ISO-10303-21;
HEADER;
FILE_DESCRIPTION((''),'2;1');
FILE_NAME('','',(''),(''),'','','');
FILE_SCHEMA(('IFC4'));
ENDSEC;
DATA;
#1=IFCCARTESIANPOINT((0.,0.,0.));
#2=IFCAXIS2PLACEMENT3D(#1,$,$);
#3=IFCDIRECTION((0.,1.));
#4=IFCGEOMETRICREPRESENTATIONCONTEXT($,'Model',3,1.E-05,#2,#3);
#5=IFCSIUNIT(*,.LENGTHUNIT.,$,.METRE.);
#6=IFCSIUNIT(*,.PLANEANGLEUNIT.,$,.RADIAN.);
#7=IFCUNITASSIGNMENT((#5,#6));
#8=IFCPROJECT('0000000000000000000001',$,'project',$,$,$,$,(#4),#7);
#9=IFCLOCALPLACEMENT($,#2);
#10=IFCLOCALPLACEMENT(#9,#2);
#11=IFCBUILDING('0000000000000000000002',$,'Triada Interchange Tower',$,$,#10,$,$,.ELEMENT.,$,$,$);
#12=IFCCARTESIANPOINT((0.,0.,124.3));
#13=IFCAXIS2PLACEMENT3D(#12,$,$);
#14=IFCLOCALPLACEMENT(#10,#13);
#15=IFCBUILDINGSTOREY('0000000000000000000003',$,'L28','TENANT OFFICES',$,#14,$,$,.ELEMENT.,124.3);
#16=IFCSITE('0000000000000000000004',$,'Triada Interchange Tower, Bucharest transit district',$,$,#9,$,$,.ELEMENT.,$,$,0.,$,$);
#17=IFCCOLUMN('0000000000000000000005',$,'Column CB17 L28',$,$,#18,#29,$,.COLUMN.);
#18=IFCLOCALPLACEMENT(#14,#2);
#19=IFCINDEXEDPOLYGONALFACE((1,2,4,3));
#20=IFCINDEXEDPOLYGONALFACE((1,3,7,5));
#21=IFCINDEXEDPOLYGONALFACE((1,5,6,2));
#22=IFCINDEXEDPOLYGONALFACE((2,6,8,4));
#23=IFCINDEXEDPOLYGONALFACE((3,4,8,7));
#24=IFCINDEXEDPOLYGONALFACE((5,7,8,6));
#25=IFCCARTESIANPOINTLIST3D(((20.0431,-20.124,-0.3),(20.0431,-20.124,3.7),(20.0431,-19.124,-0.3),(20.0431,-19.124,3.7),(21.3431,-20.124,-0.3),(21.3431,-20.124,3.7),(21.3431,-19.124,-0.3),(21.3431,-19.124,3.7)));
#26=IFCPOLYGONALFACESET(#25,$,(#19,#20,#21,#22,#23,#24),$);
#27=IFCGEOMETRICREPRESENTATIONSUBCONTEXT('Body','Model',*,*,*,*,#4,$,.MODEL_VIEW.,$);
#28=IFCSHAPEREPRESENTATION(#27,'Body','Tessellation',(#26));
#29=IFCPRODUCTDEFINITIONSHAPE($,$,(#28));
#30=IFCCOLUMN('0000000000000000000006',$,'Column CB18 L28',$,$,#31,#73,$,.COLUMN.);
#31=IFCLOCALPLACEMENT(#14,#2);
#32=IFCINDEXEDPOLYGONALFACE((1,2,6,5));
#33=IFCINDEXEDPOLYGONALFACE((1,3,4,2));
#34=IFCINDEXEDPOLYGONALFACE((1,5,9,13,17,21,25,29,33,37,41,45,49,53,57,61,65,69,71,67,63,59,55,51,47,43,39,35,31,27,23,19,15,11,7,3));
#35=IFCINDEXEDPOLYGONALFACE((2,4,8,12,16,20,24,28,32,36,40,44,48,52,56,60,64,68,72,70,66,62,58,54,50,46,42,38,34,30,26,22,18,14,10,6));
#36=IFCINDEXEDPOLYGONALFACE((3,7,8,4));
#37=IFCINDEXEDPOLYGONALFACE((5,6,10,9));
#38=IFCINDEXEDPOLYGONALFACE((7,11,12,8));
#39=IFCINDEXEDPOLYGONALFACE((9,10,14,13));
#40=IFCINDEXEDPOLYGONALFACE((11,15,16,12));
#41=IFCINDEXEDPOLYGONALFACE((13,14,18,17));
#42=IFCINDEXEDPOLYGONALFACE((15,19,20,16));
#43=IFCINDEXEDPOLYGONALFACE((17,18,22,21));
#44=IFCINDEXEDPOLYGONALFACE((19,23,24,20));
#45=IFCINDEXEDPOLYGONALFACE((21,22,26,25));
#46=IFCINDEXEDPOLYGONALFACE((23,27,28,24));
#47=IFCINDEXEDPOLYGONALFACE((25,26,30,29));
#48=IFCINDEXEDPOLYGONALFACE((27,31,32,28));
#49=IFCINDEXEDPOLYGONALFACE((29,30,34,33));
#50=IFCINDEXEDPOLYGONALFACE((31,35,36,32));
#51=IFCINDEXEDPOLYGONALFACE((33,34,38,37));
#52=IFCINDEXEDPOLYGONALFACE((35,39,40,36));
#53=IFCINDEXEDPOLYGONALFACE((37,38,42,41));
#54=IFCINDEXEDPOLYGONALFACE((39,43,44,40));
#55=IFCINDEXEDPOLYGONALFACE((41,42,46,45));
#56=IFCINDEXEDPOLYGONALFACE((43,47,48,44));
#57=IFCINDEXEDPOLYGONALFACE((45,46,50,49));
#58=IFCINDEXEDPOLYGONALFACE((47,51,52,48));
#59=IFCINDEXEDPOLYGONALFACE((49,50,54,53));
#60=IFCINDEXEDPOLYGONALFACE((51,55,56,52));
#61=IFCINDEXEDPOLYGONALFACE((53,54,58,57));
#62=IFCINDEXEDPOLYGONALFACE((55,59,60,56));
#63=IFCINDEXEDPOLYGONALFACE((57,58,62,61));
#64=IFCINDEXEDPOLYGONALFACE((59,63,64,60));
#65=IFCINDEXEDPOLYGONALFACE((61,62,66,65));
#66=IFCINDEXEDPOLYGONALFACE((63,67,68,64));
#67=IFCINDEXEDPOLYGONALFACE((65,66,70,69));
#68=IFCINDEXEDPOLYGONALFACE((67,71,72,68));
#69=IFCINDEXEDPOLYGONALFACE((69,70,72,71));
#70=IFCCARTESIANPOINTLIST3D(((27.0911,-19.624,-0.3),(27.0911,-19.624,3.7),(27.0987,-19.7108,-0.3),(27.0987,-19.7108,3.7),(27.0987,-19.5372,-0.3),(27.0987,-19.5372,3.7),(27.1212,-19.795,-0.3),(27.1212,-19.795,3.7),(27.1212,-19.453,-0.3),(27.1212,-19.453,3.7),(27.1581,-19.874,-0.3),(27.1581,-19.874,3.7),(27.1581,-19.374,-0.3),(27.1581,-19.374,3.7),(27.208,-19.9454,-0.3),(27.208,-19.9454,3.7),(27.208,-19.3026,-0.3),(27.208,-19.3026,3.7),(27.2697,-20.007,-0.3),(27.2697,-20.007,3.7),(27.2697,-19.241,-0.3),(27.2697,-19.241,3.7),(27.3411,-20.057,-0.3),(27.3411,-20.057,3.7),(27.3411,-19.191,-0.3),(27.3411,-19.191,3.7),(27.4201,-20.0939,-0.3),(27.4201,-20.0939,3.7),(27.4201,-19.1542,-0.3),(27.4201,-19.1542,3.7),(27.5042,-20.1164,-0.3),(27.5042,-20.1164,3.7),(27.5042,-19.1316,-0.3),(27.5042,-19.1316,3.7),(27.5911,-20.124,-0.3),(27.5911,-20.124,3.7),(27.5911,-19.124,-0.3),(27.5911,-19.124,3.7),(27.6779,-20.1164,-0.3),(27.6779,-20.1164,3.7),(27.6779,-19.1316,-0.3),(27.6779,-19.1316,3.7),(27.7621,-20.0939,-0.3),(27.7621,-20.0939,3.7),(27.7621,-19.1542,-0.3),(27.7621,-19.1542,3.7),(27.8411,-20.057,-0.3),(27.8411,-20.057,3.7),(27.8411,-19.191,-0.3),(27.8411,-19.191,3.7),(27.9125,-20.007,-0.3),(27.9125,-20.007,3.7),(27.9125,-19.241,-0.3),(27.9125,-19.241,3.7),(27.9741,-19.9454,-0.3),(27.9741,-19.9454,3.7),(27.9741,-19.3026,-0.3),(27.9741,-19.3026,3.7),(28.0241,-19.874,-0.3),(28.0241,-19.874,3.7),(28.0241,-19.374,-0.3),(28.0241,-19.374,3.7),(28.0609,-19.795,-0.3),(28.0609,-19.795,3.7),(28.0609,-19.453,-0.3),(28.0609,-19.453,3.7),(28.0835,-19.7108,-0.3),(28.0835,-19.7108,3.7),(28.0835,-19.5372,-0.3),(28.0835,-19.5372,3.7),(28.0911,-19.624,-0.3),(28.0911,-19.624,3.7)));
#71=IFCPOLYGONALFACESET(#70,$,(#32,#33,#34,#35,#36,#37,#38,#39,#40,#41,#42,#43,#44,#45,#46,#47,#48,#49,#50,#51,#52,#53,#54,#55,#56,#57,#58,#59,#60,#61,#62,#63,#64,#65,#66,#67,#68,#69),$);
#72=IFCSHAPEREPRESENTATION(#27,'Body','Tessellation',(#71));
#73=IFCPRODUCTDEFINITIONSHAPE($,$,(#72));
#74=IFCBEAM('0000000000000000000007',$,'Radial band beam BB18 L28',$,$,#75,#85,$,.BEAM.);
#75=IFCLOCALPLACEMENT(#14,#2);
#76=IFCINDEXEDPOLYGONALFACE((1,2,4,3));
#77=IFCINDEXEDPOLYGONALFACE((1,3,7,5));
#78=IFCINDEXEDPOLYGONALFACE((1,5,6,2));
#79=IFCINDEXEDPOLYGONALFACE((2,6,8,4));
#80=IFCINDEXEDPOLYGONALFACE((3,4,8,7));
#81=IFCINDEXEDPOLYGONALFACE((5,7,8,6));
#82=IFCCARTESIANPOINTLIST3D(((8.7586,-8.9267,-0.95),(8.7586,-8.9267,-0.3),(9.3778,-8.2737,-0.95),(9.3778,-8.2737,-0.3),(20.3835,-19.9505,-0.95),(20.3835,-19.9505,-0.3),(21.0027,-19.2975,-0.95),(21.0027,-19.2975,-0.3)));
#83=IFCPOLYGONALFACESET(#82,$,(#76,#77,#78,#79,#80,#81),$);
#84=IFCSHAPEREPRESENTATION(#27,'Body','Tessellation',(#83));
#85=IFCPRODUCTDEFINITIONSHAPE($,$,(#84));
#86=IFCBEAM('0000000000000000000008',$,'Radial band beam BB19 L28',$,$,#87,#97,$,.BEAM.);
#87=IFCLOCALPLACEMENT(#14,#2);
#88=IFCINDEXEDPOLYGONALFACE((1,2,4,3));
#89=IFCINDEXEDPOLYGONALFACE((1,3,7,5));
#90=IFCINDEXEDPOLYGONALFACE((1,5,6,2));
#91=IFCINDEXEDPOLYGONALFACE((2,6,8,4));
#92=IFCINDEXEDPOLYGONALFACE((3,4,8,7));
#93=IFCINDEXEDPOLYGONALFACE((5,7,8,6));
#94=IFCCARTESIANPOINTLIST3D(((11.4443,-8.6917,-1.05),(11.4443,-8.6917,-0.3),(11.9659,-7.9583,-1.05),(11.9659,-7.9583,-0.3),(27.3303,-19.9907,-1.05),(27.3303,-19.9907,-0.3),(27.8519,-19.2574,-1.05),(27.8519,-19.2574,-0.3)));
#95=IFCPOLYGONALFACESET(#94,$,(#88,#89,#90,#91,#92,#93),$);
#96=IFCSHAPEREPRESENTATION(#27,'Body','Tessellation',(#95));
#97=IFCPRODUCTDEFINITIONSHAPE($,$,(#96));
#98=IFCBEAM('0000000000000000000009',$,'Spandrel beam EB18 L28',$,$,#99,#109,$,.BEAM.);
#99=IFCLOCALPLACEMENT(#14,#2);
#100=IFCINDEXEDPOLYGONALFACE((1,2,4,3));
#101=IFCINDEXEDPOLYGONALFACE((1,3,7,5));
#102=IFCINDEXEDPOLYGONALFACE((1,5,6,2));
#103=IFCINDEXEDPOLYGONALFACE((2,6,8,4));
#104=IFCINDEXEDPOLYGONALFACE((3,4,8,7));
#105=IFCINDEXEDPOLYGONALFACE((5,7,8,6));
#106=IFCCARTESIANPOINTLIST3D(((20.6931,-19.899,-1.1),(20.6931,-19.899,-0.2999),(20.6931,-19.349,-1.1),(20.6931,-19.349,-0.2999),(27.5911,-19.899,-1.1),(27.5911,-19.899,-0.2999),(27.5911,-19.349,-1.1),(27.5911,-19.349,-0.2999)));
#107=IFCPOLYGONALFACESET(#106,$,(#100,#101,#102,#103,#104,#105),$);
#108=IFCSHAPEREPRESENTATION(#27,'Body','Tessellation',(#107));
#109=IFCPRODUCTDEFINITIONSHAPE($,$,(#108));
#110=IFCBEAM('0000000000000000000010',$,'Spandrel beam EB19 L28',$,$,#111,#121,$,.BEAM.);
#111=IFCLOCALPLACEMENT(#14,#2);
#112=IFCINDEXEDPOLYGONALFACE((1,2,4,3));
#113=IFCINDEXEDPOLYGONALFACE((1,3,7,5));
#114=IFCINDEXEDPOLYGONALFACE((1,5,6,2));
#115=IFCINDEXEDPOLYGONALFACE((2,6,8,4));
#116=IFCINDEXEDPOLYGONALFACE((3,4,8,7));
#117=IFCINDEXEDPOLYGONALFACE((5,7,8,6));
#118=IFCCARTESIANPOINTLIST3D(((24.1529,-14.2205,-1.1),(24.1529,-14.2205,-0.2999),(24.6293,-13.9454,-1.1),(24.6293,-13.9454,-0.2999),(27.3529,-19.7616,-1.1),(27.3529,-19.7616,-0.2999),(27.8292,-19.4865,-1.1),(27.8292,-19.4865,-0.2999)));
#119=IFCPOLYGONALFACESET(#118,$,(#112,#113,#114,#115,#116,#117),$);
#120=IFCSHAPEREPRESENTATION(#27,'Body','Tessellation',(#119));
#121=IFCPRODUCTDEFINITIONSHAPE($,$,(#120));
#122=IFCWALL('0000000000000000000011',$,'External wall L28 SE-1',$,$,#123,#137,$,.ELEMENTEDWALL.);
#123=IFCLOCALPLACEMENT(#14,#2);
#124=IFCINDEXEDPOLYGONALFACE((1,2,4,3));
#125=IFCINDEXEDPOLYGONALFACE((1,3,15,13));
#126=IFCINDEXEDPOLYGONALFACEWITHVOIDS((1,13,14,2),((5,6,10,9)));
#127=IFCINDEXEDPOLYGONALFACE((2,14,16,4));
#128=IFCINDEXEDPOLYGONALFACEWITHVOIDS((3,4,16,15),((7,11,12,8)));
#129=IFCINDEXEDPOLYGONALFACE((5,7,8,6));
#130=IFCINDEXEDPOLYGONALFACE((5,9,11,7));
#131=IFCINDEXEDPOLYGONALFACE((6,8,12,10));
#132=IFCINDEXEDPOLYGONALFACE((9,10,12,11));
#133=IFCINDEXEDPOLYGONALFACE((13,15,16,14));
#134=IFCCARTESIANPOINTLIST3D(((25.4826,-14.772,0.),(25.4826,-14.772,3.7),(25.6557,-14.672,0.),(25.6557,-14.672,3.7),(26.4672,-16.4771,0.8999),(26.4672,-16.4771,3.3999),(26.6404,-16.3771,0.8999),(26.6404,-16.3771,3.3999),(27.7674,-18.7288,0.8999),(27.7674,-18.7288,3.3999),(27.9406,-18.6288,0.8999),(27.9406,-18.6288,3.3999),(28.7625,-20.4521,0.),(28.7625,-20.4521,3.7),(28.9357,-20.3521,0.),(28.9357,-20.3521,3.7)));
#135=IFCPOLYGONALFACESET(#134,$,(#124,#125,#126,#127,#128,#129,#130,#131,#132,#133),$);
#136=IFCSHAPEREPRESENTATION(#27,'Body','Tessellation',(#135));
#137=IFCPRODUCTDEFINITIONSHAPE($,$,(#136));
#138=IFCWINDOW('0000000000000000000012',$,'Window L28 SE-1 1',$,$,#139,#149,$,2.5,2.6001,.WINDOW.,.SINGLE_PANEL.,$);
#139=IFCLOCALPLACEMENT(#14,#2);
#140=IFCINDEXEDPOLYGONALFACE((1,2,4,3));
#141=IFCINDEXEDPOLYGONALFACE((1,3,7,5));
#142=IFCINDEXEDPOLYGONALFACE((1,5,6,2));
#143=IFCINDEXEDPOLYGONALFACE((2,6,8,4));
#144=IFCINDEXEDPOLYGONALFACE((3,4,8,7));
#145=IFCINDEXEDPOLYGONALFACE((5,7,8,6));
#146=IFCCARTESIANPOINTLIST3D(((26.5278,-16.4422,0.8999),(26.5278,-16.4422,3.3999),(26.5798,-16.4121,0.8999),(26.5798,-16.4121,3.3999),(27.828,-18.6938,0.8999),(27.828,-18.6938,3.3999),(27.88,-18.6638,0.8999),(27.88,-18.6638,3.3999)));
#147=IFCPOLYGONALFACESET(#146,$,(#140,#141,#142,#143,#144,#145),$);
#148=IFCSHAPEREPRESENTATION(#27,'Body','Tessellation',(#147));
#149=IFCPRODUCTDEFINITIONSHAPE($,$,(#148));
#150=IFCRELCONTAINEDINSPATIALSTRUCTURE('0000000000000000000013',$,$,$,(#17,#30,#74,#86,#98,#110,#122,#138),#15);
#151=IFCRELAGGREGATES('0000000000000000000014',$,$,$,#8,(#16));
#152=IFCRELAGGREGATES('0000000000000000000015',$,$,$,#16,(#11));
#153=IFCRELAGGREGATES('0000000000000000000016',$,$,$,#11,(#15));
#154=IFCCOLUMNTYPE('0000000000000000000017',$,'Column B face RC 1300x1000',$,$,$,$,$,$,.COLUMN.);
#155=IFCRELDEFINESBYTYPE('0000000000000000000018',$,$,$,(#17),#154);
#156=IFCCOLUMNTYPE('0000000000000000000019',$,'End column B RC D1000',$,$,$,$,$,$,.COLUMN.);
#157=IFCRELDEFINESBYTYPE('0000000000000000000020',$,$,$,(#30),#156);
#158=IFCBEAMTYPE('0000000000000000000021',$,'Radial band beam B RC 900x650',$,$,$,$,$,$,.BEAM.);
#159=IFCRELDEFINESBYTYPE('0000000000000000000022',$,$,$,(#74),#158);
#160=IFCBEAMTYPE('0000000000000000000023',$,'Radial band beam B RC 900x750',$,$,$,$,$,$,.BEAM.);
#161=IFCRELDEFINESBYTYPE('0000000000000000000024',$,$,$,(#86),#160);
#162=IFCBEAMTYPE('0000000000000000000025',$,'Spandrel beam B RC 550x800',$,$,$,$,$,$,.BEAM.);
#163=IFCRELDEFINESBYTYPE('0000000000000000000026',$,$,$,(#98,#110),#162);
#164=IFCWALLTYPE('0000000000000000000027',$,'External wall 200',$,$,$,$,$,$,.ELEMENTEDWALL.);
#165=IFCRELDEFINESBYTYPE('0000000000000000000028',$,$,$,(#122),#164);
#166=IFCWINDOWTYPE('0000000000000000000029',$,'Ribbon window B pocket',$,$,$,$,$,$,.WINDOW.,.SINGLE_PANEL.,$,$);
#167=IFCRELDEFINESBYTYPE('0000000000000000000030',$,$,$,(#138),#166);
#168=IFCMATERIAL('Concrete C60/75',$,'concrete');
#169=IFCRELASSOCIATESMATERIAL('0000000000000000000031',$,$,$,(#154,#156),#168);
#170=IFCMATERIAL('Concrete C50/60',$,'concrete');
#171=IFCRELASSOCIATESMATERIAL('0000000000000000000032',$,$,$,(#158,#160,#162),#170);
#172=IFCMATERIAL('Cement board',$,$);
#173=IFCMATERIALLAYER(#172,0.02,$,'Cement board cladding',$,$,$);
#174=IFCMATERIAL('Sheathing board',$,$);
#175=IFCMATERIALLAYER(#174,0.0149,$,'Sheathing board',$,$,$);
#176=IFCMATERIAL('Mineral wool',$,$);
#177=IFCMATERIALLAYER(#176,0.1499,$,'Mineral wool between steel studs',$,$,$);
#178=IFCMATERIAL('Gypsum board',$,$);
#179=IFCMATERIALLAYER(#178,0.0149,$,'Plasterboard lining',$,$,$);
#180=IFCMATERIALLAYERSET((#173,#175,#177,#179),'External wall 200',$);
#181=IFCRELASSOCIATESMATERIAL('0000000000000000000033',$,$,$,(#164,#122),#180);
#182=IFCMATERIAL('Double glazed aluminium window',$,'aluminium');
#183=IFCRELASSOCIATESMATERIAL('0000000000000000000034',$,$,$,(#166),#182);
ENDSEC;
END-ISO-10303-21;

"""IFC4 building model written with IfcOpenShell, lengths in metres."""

from ifc_helpers import new_model, si_unit, direction, frame, frame_2d, origin, origin_2d, place, context, subcontext, project, spatial, rectangle, circle, extrude, material, layer, layer_set, layer_usage, material_profile, profile_set, type_object, element, fill, save


model = new_model("IFC4")

# Units and contexts
model_context = context("Model", 3, precision=1e-05, world=origin(), true_north=direction((0.0, 1.0)))
body_context = subcontext(model_context, "Body", "Model", "MODEL_VIEW")
ifc_project = project(units=[si_unit("LENGTHUNIT", "METRE"), si_unit("PLANEANGLEUNIT", "RADIAN")], contexts=[model_context])

# Site, building, storey
site_placement = place(None, origin())
site = spatial("IfcSite", under=ifc_project, at=site_placement, Name="Triada Interchange Tower, Bucharest transit district", CompositionType="ELEMENT", RefElevation=0.0)
building_placement = place(site_placement, origin())
building = spatial("IfcBuilding", under=site, at=building_placement, Name="Triada Interchange Tower", CompositionType="ELEMENT")
storey_placement = place(building_placement, frame((0.0, 0.0, 124.3)))
storey = spatial("IfcBuildingStorey", under=building, at=storey_placement, Name="L28", Description="TENANT OFFICES", CompositionType="ELEMENT", Elevation=124.3)

# Columns
ifc_material_1 = material(Name="Concrete C60/75", Category="concrete")
ifc_material_profile_1 = material_profile(ifc_material_1, rectangle(XDim=1.3, YDim=1.0, at=origin_2d()), Name="RC 1300x1000")
ifc_profile_set_1 = profile_set([ifc_material_profile_1], Name="Concrete C60/75")
column_type_1 = type_object("IfcColumnType", Name="Column B face RC 1300x1000", PredefinedType="COLUMN", material=ifc_profile_set_1)
column_1_placement = place(storey_placement, frame((20.6931, -19.624, -0.3), z_axis=(0.0, 0.0, 1.0), x_axis=(1.0, 0.0, 0.0)))
element("IfcColumn", 1, at=column_1_placement, inside=storey, type_object=column_type_1, Name="Column CB17 L28", PredefinedType="COLUMN", context=body_context, shape_type="SweptSolid", body=[
    extrude(rectangle(XDim=1.3, YDim=1.0, at=origin_2d()), origin(), (0.0, 0.0, 1.0), 4.0),
])
ifc_material_profile_2 = material_profile(ifc_material_1, circle(Radius=0.5, at=origin_2d()), Name="RC D1000")
ifc_profile_set_2 = profile_set([ifc_material_profile_2], Name="Concrete C60/75")
column_type_2 = type_object("IfcColumnType", Name="End column B RC D1000", PredefinedType="COLUMN", material=ifc_profile_set_2)
column_2_placement = place(storey_placement, frame((27.5911, -19.624, -0.3), z_axis=(0.0, 0.0, 1.0), x_axis=(1.0, 0.0, 0.0)))
element("IfcColumn", 2, at=column_2_placement, inside=storey, type_object=column_type_2, Name="Column CB18 L28", PredefinedType="COLUMN", context=body_context, shape_type="SweptSolid", body=[
    extrude(circle(Radius=0.5, at=origin_2d()), origin(), (0.0, 0.0, 1.0), 4.0),
])

# Beams
ifc_material_2 = material(Name="Concrete C50/60", Category="concrete")
ifc_material_profile_3 = material_profile(ifc_material_2, rectangle(XDim=0.8999, YDim=0.6499, at=origin_2d()), Name="RC 900x650")
ifc_profile_set_3 = profile_set([ifc_material_profile_3], Name="Concrete C50/60")
beam_type_1 = type_object("IfcBeamType", Name="Radial band beam B RC 900x650", PredefinedType="BEAM", material=ifc_profile_set_3)
beam_1_placement = place(storey_placement, frame((20.6931, -19.624, -0.625), z_axis=(-0.725617, 0.688099, 0.0), x_axis=(-0.688099, -0.725617, 0.0)))
element("IfcBeam", 3, at=beam_1_placement, inside=storey, type_object=beam_type_1, Name="Radial band beam BB18 L28", PredefinedType="BEAM", context=body_context, shape_type="SweptSolid", body=[
    extrude(rectangle(XDim=0.8999, YDim=0.6499, at=origin_2d()), origin(), (0.0, 0.0, 1.0), 16.0208),
])
ifc_material_profile_4 = material_profile(ifc_material_2, rectangle(XDim=0.8999, YDim=0.75, at=origin_2d()), Name="RC 900x750")
ifc_profile_set_4 = profile_set([ifc_material_profile_4], Name="Concrete C50/60")
beam_type_2 = type_object("IfcBeamType", Name="Radial band beam B RC 900x750", PredefinedType="BEAM", material=ifc_profile_set_4)
beam_2_placement = place(storey_placement, frame((27.5911, -19.624, -0.675), z_axis=(-0.814898, 0.579605, 0.0), x_axis=(-0.579605, -0.814898, 0.0)))
element("IfcBeam", 4, at=beam_2_placement, inside=storey, type_object=beam_type_2, Name="Radial band beam BB19 L28", PredefinedType="BEAM", context=body_context, shape_type="SweptSolid", body=[
    extrude(rectangle(XDim=0.8999, YDim=0.75, at=origin_2d()), origin(), (0.0, 0.0, 1.0), 19.4944),
])
ifc_material_profile_5 = material_profile(ifc_material_2, rectangle(XDim=0.55, YDim=0.8, at=origin_2d()), Name="RC 550x800")
ifc_profile_set_5 = profile_set([ifc_material_profile_5], Name="Concrete C50/60")
beam_type_3 = type_object("IfcBeamType", Name="Spandrel beam B RC 550x800", PredefinedType="BEAM", material=ifc_profile_set_5)
beam_3_placement = place(storey_placement, frame((20.6931, -19.624, -0.7), z_axis=(1.0, 0.0, 0.0), x_axis=(0.0, 1.0, 0.0)))
element("IfcBeam", 5, at=beam_3_placement, inside=storey, type_object=beam_type_3, Name="Spandrel beam EB18 L28", PredefinedType="BEAM", context=body_context, shape_type="SweptSolid", body=[
    extrude(rectangle(XDim=0.55, YDim=0.8, at=origin_2d()), origin(), (0.0, 0.0, 1.0), 6.8979),
])
beam_4_placement = place(storey_placement, frame((27.5911, -19.624, -0.7), z_axis=(-0.500099, 0.865968, 0.0), x_axis=(-0.865968, -0.500099, 0.0)))
element("IfcBeam", 6, at=beam_4_placement, inside=storey, type_object=beam_type_3, Name="Spandrel beam EB19 L28", PredefinedType="BEAM", context=body_context, shape_type="SweptSolid", body=[
    extrude(rectangle(XDim=0.55, YDim=0.8, at=origin_2d()), origin(), (0.0, 0.0, 1.0), 6.3987),
])

# Wall, opening, window
ifc_material_3 = material(Name="Cement board")
ifc_layer_1 = layer(ifc_material_3, 0.02, Name="Cement board cladding")
ifc_material_4 = material(Name="Sheathing board")
ifc_layer_2 = layer(ifc_material_4, 0.0149, Name="Sheathing board")
ifc_material_5 = material(Name="Mineral wool")
ifc_layer_3 = layer(ifc_material_5, 0.1499, Name="Mineral wool between steel studs")
ifc_material_6 = material(Name="Gypsum board")
ifc_layer_4 = layer(ifc_material_6, 0.0149, Name="Plasterboard lining")
ifc_layer_set_1 = layer_set([ifc_layer_1, ifc_layer_2, ifc_layer_3, ifc_layer_4], Name="External wall 200")
ifc_layer_usage = layer_usage(ifc_layer_set_1, "AXIS2", "POSITIVE", -0.1001)
wall_type_1 = type_object("IfcWallType", Name="External wall 200", PredefinedType="ELEMENTEDWALL", material=ifc_layer_set_1)
wall_1_placement = place(storey_placement, frame((28.8491, -20.4021, 0.0), z_axis=(0.0, 0.0, 1.0), x_axis=(-0.500066, 0.865987, 0.0)))
wall_1 = element("IfcWall", 7, at=wall_1_placement, inside=storey, type_object=wall_type_1, material=ifc_layer_usage, Name="External wall L28 SE-1", PredefinedType="ELEMENTEDWALL", context=body_context, shape_type="SweptSolid", body=[
    extrude(rectangle(XDim=6.5591, YDim=0.2, at=frame_2d((3.2795, 0.0))), origin(), (0.0, 0.0, 1.0), 3.7),
])
opening_1_placement = place(wall_1_placement, frame((1.99, 0.0, 0.8999)))
opening_1 = element("IfcOpeningElement", 8, at=opening_1_placement, cuts=wall_1, PredefinedType="OPENING", context=body_context, shape_type="SweptSolid", body=[
    extrude(rectangle(XDim=2.6001, YDim=2.5, at=frame_2d((1.3, 1.25))), frame((0.0, 0.1099, 0.0), z_axis=(0.0, -1.0, 0.0), x_axis=(1.0, 0.0, 0.0)), (0.0, 0.0, 1.0), 0.22),
])
ifc_material_7 = material(Name="Double glazed aluminium window", Category="aluminium")
window_type_1 = type_object("IfcWindowType", Name="Ribbon window B pocket", PartitioningType="SINGLE_PANEL", PredefinedType="WINDOW", material=ifc_material_7)
window_1_placement = place(opening_1_placement, origin())
window_1 = element("IfcWindow", 9, at=window_1_placement, inside=storey, type_object=window_type_1, Name="Window L28 SE-1 1", OverallHeight=2.5, OverallWidth=2.6001, PartitioningType="SINGLE_PANEL", PredefinedType="WINDOW", context=body_context, shape_type="SweptSolid", body=[
    extrude(rectangle(XDim=2.6001, YDim=2.5, at=frame_2d((1.3, 1.25))), frame((0.0, 0.03, 0.0), z_axis=(0.0, -1.0, 0.0), x_axis=(1.0, 0.0, 0.0)), (0.0, 0.0, 1.0), 0.0601),
])
fill(opening_1, window_1)

save(model, "model.ifc")
